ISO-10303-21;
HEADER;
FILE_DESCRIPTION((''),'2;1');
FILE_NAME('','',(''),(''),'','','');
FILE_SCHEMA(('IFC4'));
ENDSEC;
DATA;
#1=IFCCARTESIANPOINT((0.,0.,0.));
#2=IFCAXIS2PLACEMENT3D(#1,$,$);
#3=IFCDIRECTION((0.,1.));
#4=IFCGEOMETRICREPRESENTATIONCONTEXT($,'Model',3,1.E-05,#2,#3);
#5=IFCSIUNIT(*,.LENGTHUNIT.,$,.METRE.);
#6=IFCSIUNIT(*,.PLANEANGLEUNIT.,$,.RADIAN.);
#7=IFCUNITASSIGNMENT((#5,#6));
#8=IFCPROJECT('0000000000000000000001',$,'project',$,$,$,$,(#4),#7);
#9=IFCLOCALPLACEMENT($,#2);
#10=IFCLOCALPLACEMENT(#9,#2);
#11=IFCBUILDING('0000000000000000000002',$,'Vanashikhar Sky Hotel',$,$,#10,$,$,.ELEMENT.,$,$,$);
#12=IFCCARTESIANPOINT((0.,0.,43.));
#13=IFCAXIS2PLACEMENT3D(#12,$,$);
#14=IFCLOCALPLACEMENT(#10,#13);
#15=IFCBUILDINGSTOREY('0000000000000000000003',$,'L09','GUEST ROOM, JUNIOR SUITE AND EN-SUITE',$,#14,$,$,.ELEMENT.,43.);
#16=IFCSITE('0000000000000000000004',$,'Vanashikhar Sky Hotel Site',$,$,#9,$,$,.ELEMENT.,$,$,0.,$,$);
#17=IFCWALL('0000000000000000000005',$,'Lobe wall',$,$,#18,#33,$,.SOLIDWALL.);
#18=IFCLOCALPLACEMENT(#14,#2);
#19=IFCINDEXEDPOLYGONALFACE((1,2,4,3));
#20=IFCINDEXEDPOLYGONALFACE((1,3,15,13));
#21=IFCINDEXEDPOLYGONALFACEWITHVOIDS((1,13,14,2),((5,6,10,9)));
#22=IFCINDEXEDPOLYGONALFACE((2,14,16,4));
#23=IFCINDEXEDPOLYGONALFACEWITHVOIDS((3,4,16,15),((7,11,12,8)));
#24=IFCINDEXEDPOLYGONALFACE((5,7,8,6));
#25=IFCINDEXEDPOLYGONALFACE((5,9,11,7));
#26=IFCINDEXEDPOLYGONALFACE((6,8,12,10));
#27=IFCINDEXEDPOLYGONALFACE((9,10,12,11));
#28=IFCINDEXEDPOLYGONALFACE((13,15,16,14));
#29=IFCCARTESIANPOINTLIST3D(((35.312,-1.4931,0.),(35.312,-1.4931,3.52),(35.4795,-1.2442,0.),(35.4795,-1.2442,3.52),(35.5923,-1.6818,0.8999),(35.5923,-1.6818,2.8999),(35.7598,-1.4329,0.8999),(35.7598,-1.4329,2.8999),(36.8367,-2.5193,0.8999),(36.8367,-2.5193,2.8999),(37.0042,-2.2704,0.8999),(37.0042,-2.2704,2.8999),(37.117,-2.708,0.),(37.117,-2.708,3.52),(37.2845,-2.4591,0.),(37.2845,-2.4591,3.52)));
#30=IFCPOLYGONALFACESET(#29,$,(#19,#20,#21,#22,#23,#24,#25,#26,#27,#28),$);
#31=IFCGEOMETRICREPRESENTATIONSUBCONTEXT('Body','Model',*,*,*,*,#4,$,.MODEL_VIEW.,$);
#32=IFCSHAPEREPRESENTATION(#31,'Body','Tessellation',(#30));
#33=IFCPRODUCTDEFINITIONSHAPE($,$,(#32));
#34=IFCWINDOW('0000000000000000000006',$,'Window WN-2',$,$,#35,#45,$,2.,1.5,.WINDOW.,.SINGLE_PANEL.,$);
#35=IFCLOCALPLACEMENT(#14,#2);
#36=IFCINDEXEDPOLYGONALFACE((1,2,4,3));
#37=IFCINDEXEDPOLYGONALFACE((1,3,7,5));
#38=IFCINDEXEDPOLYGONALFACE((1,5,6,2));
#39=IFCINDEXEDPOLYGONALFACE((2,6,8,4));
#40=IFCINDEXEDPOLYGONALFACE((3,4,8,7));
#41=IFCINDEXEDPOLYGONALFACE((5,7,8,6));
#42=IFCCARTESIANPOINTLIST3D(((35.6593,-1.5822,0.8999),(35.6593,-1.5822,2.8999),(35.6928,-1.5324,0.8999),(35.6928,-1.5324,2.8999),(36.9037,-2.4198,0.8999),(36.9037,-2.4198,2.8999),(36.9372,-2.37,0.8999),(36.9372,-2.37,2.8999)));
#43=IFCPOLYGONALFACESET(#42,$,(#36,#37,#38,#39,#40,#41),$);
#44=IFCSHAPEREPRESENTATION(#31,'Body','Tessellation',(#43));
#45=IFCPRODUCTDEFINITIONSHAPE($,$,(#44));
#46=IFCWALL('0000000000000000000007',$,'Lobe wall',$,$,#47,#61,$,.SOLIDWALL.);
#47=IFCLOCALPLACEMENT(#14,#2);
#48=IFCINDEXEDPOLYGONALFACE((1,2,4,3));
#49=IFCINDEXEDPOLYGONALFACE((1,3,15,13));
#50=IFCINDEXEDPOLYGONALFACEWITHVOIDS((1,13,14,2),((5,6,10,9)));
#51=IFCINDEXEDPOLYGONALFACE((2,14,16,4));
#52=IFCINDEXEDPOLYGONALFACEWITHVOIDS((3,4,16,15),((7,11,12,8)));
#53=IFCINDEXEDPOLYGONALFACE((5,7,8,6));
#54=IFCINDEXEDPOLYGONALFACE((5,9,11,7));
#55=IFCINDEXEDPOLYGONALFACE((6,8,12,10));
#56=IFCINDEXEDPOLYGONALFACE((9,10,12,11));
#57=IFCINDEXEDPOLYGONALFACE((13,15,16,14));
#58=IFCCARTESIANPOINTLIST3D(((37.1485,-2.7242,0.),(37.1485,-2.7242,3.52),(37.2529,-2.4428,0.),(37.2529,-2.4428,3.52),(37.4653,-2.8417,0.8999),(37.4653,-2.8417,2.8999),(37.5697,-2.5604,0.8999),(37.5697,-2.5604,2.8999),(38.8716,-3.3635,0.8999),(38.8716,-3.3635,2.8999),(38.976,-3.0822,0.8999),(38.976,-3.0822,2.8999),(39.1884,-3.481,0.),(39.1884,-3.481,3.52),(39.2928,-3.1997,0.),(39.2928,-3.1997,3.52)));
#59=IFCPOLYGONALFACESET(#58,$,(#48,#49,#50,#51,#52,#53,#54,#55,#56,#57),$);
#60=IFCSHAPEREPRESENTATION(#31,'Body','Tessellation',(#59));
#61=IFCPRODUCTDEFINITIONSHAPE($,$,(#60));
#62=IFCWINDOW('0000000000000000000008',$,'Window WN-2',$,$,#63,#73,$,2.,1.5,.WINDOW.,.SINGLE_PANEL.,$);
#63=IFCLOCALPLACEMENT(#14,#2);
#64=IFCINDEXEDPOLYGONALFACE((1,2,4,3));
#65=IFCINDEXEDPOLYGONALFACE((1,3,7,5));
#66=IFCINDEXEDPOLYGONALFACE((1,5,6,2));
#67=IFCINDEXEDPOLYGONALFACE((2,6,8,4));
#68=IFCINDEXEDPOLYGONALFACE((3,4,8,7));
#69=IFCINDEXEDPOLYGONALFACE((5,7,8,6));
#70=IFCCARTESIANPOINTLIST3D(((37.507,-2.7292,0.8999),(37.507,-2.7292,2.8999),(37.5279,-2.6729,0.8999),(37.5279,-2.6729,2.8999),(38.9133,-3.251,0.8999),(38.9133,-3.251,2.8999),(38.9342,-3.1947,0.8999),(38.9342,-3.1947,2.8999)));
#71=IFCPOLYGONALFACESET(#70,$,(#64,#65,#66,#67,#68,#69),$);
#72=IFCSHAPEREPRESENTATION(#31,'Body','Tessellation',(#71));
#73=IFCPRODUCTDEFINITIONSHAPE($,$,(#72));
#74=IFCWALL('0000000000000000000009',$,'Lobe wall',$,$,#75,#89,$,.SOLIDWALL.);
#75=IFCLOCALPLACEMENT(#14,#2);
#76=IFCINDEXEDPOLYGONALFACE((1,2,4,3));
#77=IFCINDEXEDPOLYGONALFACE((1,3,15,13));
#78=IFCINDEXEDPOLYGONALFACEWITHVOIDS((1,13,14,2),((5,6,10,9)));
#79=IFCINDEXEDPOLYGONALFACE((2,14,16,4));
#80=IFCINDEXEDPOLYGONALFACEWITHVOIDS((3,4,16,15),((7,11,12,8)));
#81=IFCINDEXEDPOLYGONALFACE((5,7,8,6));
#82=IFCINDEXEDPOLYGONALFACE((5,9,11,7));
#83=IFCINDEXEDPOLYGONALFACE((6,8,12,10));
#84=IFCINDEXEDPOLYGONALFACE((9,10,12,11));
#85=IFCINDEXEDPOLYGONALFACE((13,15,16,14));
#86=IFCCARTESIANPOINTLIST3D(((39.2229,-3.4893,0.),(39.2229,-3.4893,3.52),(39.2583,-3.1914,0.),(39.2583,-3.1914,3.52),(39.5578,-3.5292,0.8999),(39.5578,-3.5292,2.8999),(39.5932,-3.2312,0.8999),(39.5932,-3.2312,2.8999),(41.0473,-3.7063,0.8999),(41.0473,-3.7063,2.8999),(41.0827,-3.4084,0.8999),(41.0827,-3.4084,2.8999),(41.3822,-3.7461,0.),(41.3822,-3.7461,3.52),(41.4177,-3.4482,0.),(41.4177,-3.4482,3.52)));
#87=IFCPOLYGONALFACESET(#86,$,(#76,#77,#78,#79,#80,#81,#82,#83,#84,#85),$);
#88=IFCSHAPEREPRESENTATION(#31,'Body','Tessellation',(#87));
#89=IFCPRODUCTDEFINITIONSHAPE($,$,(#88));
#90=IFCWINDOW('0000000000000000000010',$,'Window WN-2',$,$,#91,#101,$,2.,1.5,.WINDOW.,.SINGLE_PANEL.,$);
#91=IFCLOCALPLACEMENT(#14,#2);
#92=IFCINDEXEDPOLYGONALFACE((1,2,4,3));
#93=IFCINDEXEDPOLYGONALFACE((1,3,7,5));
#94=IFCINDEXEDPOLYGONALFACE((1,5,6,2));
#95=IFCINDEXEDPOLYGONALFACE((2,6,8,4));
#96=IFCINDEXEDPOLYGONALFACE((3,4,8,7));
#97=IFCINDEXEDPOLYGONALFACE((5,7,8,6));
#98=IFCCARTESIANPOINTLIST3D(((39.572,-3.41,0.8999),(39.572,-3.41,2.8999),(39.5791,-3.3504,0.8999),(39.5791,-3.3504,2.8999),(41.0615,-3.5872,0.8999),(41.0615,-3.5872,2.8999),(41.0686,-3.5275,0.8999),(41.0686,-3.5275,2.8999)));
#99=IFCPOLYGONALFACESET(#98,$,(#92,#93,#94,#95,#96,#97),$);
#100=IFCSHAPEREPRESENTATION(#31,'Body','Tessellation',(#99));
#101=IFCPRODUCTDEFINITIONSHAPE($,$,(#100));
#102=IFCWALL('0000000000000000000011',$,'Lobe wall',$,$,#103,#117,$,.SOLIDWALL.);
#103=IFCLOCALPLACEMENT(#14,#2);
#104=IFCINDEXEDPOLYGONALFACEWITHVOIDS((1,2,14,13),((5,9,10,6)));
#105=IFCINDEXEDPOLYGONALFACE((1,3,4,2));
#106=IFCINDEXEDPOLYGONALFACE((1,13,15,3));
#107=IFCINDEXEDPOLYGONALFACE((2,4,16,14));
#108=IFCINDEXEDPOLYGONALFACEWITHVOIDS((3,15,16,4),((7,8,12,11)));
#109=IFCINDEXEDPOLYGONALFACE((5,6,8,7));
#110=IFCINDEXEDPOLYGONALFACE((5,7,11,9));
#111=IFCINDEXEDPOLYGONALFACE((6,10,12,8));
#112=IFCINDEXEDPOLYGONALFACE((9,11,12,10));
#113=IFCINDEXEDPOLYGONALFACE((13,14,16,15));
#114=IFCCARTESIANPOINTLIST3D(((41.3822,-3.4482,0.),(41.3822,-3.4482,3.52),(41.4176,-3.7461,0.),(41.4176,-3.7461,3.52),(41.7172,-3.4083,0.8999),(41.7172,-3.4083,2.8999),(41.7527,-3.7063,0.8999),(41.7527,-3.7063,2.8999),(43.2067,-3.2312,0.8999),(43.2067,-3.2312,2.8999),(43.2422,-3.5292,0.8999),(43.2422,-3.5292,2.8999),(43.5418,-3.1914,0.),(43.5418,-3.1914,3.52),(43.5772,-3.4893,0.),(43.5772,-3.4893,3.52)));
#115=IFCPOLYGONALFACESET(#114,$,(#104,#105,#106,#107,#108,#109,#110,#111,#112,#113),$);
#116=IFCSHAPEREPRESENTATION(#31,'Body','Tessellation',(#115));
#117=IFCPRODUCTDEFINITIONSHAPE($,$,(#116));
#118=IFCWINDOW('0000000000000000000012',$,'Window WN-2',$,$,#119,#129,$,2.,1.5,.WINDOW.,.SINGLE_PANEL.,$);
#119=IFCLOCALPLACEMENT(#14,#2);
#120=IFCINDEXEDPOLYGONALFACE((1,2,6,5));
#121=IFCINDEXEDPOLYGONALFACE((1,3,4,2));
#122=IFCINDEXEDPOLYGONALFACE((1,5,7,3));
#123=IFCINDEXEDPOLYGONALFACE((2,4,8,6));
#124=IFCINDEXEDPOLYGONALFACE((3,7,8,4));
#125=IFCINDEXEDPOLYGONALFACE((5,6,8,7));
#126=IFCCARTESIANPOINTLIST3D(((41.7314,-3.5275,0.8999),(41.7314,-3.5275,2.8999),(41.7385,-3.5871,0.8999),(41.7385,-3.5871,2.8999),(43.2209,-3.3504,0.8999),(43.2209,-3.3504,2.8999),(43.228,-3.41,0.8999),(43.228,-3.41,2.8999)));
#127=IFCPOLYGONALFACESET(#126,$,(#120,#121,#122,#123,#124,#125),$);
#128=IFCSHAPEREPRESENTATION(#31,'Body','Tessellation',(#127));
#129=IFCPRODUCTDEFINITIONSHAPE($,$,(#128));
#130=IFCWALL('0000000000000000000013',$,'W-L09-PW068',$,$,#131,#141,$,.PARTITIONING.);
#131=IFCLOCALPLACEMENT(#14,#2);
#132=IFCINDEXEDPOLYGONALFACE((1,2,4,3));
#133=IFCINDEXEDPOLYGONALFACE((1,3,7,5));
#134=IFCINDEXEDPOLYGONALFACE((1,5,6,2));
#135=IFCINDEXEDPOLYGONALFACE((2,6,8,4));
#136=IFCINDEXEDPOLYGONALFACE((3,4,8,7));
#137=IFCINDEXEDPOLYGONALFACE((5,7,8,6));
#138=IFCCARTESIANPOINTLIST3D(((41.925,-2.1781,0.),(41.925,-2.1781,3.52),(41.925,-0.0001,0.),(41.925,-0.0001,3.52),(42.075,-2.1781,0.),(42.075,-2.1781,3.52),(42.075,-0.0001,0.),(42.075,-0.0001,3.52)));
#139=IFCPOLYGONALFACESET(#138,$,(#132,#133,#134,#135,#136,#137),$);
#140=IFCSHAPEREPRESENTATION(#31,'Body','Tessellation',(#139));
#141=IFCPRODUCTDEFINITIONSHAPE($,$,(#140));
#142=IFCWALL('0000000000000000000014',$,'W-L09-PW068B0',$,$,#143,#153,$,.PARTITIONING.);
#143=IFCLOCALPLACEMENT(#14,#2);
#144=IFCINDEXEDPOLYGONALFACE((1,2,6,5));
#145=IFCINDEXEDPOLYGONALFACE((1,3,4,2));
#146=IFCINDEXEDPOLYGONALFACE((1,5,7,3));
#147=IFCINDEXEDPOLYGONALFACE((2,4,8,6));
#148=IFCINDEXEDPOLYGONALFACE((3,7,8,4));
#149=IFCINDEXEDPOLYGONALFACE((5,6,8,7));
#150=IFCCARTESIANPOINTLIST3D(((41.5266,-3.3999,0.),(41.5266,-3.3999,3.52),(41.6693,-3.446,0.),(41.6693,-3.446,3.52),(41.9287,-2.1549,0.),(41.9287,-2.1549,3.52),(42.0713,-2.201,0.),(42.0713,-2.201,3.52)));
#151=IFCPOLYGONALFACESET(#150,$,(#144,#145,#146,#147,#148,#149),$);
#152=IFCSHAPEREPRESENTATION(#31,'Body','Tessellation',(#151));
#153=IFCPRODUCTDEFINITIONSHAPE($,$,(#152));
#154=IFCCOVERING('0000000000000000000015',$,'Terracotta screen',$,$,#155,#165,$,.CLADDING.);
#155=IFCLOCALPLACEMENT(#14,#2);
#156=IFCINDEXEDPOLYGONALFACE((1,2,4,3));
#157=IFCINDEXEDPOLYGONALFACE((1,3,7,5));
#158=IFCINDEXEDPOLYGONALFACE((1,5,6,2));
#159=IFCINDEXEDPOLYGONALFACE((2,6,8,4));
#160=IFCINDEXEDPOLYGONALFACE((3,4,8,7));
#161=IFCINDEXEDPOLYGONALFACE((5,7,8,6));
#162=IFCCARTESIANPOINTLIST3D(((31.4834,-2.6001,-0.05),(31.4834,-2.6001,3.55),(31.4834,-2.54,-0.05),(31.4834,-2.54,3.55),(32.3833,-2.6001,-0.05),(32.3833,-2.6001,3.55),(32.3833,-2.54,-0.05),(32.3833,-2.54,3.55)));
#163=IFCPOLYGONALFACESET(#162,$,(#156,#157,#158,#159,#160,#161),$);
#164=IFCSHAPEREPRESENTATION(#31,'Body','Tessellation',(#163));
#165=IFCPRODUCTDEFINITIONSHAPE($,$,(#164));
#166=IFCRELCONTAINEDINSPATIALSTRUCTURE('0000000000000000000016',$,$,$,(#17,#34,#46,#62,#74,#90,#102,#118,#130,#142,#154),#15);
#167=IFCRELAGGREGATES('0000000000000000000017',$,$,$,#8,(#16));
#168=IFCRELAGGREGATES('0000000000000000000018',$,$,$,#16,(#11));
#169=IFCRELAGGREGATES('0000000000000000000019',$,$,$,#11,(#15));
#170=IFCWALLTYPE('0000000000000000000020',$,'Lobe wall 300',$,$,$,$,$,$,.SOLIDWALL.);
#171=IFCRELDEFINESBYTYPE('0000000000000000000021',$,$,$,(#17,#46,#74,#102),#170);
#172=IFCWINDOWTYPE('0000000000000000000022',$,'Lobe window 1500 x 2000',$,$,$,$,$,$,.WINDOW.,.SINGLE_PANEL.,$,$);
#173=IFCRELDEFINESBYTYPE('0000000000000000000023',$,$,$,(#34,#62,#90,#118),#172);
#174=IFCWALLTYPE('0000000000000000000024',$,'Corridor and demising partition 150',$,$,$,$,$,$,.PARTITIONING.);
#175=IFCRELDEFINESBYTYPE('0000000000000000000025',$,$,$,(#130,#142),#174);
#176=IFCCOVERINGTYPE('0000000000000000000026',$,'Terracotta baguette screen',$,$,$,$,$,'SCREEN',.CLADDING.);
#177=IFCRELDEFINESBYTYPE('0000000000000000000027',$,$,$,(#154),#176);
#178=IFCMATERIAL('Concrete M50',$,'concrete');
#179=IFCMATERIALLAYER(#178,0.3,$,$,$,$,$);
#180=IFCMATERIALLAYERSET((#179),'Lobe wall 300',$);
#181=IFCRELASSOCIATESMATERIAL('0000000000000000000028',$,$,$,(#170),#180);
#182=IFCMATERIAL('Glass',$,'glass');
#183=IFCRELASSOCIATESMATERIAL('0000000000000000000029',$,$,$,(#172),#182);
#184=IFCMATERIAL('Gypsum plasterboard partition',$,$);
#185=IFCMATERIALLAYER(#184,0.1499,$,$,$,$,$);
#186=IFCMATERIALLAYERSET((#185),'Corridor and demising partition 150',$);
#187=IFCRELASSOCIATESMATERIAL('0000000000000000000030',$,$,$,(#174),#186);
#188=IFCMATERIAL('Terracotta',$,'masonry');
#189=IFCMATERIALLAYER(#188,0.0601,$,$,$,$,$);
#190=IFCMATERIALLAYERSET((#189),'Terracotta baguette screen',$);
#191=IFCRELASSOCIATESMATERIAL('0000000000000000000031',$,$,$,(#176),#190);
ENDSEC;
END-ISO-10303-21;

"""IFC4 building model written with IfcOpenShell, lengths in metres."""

from ifc_helpers import new_model, si_unit, direction, frame, frame_2d, origin, origin_2d, place, context, subcontext, project, spatial, rectangle, extrude, source, transform, mapped, material, layer, layer_set, type_object, element, fill, save


model = new_model("IFC4")

# Units and contexts
model_context = context("Model", 3, precision=1e-05, world=origin(), true_north=direction((0.0, 1.0)))
body_context = subcontext(model_context, "Body", "Model", "MODEL_VIEW")
ifc_project = project(units=[si_unit("LENGTHUNIT", "METRE"), si_unit("PLANEANGLEUNIT", "RADIAN")], contexts=[model_context])

# Site, building, storey
site_placement = place(None, origin())
site = spatial("IfcSite", under=ifc_project, at=site_placement, Name="Vanashikhar Sky Hotel Site", CompositionType="ELEMENT", RefElevation=0.0)
building_placement = place(site_placement, origin())
building = spatial("IfcBuilding", under=site, at=building_placement, Name="Vanashikhar Sky Hotel", CompositionType="ELEMENT")
storey_placement = place(building_placement, frame((0.0, 0.0, 43.0)))
storey = spatial("IfcBuildingStorey", under=building, at=storey_placement, Name="L09", Description="GUEST ROOM, JUNIOR SUITE AND EN-SUITE", CompositionType="ELEMENT", Elevation=43.0)

# Walls, openings, windows
ifc_material_1 = material(Name="Concrete M50", Category="concrete")
ifc_layer_1 = layer(ifc_material_1, 0.3)
ifc_layer_set_1 = layer_set([ifc_layer_1], Name="Lobe wall 300")
wall_type_1 = type_object("IfcWallType", Name="Lobe wall 300", PredefinedType="SOLIDWALL", material=ifc_layer_set_1)
shared_shape_1 = source(origin(), body_context, "Body", "SweptSolid", [
    extrude(rectangle(XDim=2.1758, YDim=0.3, at=frame_2d((1.0879, 0.0))), origin(), (0.0, 0.0, 1.0), 3.52),
])
wall_1_placement = place(storey_placement, frame((35.3958, -1.3687, 0.0), z_axis=(0.0, 0.0, 1.0), x_axis=(0.829591, -0.558372, 0.0)))
wall_1 = element("IfcWall", 1, at=wall_1_placement, inside=storey, type_object=wall_type_1, Name="Lobe wall", PredefinedType="SOLIDWALL", context=body_context, shape_type="MappedRepresentation", body=[
    mapped(shared_shape_1, transform((0.0, 0.0, 0.0), scale=1.0)),
])
shared_shape_2 = source(origin(), body_context, "Body", "SweptSolid", [
    extrude(rectangle(XDim=1.5, YDim=2.0, at=frame_2d((0.75, 1.0))), frame((0.0, 0.1602, 0.0), z_axis=(0.0, -1.0, 0.0), x_axis=(1.0, 0.0, 0.0)), (0.0, 0.0, 1.0), 0.3201),
])
opening_1_placement = place(wall_1_placement, frame((0.3379, 0.0, 0.8999)))
opening_1 = element("IfcOpeningElement", 2, at=opening_1_placement, cuts=wall_1, PredefinedType="OPENING", context=body_context, shape_type="MappedRepresentation", body=[
    mapped(shared_shape_2, transform((0.0, 0.0, 0.0), scale=1.0)),
])
ifc_material_2 = material(Name="Glass", Category="glass")
window_type = type_object("IfcWindowType", Name="Lobe window 1500 x 2000", PartitioningType="SINGLE_PANEL", PredefinedType="WINDOW", material=ifc_material_2)
shared_shape_3 = source(origin(), body_context, "Body", "SweptSolid", [
    extrude(rectangle(XDim=1.5, YDim=2.0, at=frame_2d((0.75, 1.0))), frame((0.0, 0.03, 0.0), z_axis=(0.0, -1.0, 0.0), x_axis=(1.0, 0.0, 0.0)), (0.0, 0.0, 1.0), 0.0601),
])
window_1_placement = place(opening_1_placement, origin())
window_1 = element("IfcWindow", 3, at=window_1_placement, inside=storey, type_object=window_type, Name="Window WN-2", OverallHeight=2.0, OverallWidth=1.5, PartitioningType="SINGLE_PANEL", PredefinedType="WINDOW", context=body_context, shape_type="MappedRepresentation", body=[
    mapped(shared_shape_3, transform((0.0, 0.0, 0.0), scale=1.0)),
])
fill(opening_1, window_1)
wall_2_placement = place(storey_placement, frame((37.2007, -2.5835, 0.0), z_axis=(0.0, 0.0, 1.0), x_axis=(0.937546, -0.347863, 0.0)))
wall_2 = element("IfcWall", 4, at=wall_2_placement, inside=storey, type_object=wall_type_1, Name="Lobe wall", PredefinedType="SOLIDWALL", context=body_context, shape_type="MappedRepresentation", body=[
    mapped(shared_shape_1, transform((0.0, 0.0, 0.0), scale=1.0)),
])
opening_2_placement = place(wall_2_placement, frame((0.3379, 0.0, 0.8999)))
opening_2 = element("IfcOpeningElement", 5, at=opening_2_placement, cuts=wall_2, PredefinedType="OPENING", context=body_context, shape_type="MappedRepresentation", body=[
    mapped(shared_shape_2, transform((0.0, 0.0, 0.0), scale=1.0)),
])
window_2_placement = place(opening_2_placement, origin())
window_2 = element("IfcWindow", 6, at=window_2_placement, inside=storey, type_object=window_type, Name="Window WN-2", OverallHeight=2.0, OverallWidth=1.5, PartitioningType="SINGLE_PANEL", PredefinedType="WINDOW", context=body_context, shape_type="MappedRepresentation", body=[
    mapped(shared_shape_3, transform((0.0, 0.0, 0.0), scale=1.0)),
])
fill(opening_2, window_2)
shared_shape_4 = source(origin(), body_context, "Body", "SweptSolid", [
    extrude(rectangle(XDim=2.1746, YDim=0.3, at=frame_2d((1.0874, 0.0))), origin(), (0.0, 0.0, 1.0), 3.52),
])
wall_3_placement = place(storey_placement, frame((39.2405, -3.3403, 0.0), z_axis=(0.0, 0.0, 1.0), x_axis=(0.993001, -0.118105, 0.0)))
wall_3 = element("IfcWall", 7, at=wall_3_placement, inside=storey, type_object=wall_type_1, Name="Lobe wall", PredefinedType="SOLIDWALL", context=body_context, shape_type="MappedRepresentation", body=[
    mapped(shared_shape_4, transform((0.0, 0.0, 0.0), scale=1.0)),
])
opening_3_placement = place(wall_3_placement, frame((0.3374, 0.0, 0.8999)))
opening_3 = element("IfcOpeningElement", 8, at=opening_3_placement, cuts=wall_3, PredefinedType="OPENING", context=body_context, shape_type="MappedRepresentation", body=[
    mapped(shared_shape_2, transform((0.0, 0.0, 0.0), scale=1.0)),
])
window_3_placement = place(opening_3_placement, origin())
window_3 = element("IfcWindow", 9, at=window_3_placement, inside=storey, type_object=window_type, Name="Window WN-2", OverallHeight=2.0, OverallWidth=1.5, PartitioningType="SINGLE_PANEL", PredefinedType="WINDOW", context=body_context, shape_type="MappedRepresentation", body=[
    mapped(shared_shape_3, transform((0.0, 0.0, 0.0), scale=1.0)),
])
fill(opening_3, window_3)
shared_shape_5 = source(origin(), body_context, "Body", "SweptSolid", [
    extrude(rectangle(XDim=2.1748, YDim=0.3, at=frame_2d((1.0874, 0.0))), origin(), (0.0, 0.0, 1.0), 3.52),
])
wall_4_placement = place(storey_placement, frame((41.3999, -3.5972, 0.0), z_axis=(0.0, 0.0, 1.0), x_axis=(0.993003, 0.118092, 0.0)))
wall_4 = element("IfcWall", 10, at=wall_4_placement, inside=storey, type_object=wall_type_1, Name="Lobe wall", PredefinedType="SOLIDWALL", context=body_context, shape_type="MappedRepresentation", body=[
    mapped(shared_shape_5, transform((0.0, 0.0, 0.0), scale=1.0)),
])
opening_4_placement = place(wall_4_placement, frame((0.3374, 0.0, 0.8999)))
opening_4 = element("IfcOpeningElement", 11, at=opening_4_placement, cuts=wall_4, PredefinedType="OPENING", context=body_context, shape_type="MappedRepresentation", body=[
    mapped(shared_shape_2, transform((0.0, 0.0, 0.0), scale=1.0)),
])
window_4_placement = place(opening_4_placement, origin())
window_4 = element("IfcWindow", 12, at=window_4_placement, inside=storey, type_object=window_type, Name="Window WN-2", OverallHeight=2.0, OverallWidth=1.5, PartitioningType="SINGLE_PANEL", PredefinedType="WINDOW", context=body_context, shape_type="MappedRepresentation", body=[
    mapped(shared_shape_3, transform((0.0, 0.0, 0.0), scale=1.0)),
])
fill(opening_4, window_4)

# Walls
ifc_material_3 = material(Name="Gypsum plasterboard partition")
ifc_layer_2 = layer(ifc_material_3, 0.1499)
ifc_layer_set_2 = layer_set([ifc_layer_2], Name="Corridor and demising partition 150")
wall_type_2 = type_object("IfcWallType", Name="Corridor and demising partition 150", PredefinedType="PARTITIONING", material=ifc_layer_set_2)
shared_shape_6 = source(origin(), body_context, "Body", "SweptSolid", [
    extrude(rectangle(XDim=2.178, YDim=0.1499, at=frame_2d((1.0889, 0.0))), origin(), (0.0, 0.0, 1.0), 3.52),
])
wall_5_placement = place(storey_placement, frame((42.0, -2.178, 0.0), z_axis=(0.0, 0.0, 1.0), x_axis=(0.0, 1.0, 0.0)))
element("IfcWall", 13, at=wall_5_placement, inside=storey, type_object=wall_type_2, Name="W-L09-PW068", PredefinedType="PARTITIONING", context=body_context, shape_type="MappedRepresentation", body=[
    mapped(shared_shape_6, transform((0.0, 0.0, 0.0), scale=1.0)),
])
shared_shape_7 = source(origin(), body_context, "Body", "SweptSolid", [
    extrude(rectangle(XDim=1.3083, YDim=0.1499, at=frame_2d((0.6543, 0.0))), origin(), (0.0, 0.0, 1.0), 3.52),
])
wall_6_placement = place(storey_placement, frame((41.5979, -3.4231, 0.0), z_axis=(0.0, 0.0, 1.0), x_axis=(0.307314, 0.951608, 0.0)))
element("IfcWall", 14, at=wall_6_placement, inside=storey, type_object=wall_type_2, Name="W-L09-PW068B0", PredefinedType="PARTITIONING", context=body_context, shape_type="MappedRepresentation", body=[
    mapped(shared_shape_7, transform((0.0, 0.0, 0.0), scale=1.0)),
])

# Covering
ifc_material_4 = material(Name="Terracotta", Category="masonry")
ifc_layer_3 = layer(ifc_material_4, 0.0601)
ifc_layer_set_3 = layer_set([ifc_layer_3], Name="Terracotta baguette screen")
covering_type_1 = type_object("IfcCoveringType", Name="Terracotta baguette screen", ElementType="SCREEN", PredefinedType="CLADDING", material=ifc_layer_set_3)
shared_shape_8 = source(origin(), body_context, "Body", "SweptSolid", [
    extrude(rectangle(XDim=0.8999, YDim=0.0601, at=origin_2d()), origin(), (0.0, 0.0, 1.0), 3.6001),
])
covering_placement = place(storey_placement, frame((31.9333, -2.5701, -0.05), z_axis=(0.0, 0.0, 1.0), x_axis=(1.0, 0.0, 0.0)))
element("IfcCovering", 15, at=covering_placement, inside=storey, type_object=covering_type_1, Name="Terracotta screen", PredefinedType="CLADDING", context=body_context, shape_type="MappedRepresentation", body=[
    mapped(shared_shape_8, transform((0.0, 0.0, 0.0), scale=1.0)),
])

save(model, "model.ifc")
